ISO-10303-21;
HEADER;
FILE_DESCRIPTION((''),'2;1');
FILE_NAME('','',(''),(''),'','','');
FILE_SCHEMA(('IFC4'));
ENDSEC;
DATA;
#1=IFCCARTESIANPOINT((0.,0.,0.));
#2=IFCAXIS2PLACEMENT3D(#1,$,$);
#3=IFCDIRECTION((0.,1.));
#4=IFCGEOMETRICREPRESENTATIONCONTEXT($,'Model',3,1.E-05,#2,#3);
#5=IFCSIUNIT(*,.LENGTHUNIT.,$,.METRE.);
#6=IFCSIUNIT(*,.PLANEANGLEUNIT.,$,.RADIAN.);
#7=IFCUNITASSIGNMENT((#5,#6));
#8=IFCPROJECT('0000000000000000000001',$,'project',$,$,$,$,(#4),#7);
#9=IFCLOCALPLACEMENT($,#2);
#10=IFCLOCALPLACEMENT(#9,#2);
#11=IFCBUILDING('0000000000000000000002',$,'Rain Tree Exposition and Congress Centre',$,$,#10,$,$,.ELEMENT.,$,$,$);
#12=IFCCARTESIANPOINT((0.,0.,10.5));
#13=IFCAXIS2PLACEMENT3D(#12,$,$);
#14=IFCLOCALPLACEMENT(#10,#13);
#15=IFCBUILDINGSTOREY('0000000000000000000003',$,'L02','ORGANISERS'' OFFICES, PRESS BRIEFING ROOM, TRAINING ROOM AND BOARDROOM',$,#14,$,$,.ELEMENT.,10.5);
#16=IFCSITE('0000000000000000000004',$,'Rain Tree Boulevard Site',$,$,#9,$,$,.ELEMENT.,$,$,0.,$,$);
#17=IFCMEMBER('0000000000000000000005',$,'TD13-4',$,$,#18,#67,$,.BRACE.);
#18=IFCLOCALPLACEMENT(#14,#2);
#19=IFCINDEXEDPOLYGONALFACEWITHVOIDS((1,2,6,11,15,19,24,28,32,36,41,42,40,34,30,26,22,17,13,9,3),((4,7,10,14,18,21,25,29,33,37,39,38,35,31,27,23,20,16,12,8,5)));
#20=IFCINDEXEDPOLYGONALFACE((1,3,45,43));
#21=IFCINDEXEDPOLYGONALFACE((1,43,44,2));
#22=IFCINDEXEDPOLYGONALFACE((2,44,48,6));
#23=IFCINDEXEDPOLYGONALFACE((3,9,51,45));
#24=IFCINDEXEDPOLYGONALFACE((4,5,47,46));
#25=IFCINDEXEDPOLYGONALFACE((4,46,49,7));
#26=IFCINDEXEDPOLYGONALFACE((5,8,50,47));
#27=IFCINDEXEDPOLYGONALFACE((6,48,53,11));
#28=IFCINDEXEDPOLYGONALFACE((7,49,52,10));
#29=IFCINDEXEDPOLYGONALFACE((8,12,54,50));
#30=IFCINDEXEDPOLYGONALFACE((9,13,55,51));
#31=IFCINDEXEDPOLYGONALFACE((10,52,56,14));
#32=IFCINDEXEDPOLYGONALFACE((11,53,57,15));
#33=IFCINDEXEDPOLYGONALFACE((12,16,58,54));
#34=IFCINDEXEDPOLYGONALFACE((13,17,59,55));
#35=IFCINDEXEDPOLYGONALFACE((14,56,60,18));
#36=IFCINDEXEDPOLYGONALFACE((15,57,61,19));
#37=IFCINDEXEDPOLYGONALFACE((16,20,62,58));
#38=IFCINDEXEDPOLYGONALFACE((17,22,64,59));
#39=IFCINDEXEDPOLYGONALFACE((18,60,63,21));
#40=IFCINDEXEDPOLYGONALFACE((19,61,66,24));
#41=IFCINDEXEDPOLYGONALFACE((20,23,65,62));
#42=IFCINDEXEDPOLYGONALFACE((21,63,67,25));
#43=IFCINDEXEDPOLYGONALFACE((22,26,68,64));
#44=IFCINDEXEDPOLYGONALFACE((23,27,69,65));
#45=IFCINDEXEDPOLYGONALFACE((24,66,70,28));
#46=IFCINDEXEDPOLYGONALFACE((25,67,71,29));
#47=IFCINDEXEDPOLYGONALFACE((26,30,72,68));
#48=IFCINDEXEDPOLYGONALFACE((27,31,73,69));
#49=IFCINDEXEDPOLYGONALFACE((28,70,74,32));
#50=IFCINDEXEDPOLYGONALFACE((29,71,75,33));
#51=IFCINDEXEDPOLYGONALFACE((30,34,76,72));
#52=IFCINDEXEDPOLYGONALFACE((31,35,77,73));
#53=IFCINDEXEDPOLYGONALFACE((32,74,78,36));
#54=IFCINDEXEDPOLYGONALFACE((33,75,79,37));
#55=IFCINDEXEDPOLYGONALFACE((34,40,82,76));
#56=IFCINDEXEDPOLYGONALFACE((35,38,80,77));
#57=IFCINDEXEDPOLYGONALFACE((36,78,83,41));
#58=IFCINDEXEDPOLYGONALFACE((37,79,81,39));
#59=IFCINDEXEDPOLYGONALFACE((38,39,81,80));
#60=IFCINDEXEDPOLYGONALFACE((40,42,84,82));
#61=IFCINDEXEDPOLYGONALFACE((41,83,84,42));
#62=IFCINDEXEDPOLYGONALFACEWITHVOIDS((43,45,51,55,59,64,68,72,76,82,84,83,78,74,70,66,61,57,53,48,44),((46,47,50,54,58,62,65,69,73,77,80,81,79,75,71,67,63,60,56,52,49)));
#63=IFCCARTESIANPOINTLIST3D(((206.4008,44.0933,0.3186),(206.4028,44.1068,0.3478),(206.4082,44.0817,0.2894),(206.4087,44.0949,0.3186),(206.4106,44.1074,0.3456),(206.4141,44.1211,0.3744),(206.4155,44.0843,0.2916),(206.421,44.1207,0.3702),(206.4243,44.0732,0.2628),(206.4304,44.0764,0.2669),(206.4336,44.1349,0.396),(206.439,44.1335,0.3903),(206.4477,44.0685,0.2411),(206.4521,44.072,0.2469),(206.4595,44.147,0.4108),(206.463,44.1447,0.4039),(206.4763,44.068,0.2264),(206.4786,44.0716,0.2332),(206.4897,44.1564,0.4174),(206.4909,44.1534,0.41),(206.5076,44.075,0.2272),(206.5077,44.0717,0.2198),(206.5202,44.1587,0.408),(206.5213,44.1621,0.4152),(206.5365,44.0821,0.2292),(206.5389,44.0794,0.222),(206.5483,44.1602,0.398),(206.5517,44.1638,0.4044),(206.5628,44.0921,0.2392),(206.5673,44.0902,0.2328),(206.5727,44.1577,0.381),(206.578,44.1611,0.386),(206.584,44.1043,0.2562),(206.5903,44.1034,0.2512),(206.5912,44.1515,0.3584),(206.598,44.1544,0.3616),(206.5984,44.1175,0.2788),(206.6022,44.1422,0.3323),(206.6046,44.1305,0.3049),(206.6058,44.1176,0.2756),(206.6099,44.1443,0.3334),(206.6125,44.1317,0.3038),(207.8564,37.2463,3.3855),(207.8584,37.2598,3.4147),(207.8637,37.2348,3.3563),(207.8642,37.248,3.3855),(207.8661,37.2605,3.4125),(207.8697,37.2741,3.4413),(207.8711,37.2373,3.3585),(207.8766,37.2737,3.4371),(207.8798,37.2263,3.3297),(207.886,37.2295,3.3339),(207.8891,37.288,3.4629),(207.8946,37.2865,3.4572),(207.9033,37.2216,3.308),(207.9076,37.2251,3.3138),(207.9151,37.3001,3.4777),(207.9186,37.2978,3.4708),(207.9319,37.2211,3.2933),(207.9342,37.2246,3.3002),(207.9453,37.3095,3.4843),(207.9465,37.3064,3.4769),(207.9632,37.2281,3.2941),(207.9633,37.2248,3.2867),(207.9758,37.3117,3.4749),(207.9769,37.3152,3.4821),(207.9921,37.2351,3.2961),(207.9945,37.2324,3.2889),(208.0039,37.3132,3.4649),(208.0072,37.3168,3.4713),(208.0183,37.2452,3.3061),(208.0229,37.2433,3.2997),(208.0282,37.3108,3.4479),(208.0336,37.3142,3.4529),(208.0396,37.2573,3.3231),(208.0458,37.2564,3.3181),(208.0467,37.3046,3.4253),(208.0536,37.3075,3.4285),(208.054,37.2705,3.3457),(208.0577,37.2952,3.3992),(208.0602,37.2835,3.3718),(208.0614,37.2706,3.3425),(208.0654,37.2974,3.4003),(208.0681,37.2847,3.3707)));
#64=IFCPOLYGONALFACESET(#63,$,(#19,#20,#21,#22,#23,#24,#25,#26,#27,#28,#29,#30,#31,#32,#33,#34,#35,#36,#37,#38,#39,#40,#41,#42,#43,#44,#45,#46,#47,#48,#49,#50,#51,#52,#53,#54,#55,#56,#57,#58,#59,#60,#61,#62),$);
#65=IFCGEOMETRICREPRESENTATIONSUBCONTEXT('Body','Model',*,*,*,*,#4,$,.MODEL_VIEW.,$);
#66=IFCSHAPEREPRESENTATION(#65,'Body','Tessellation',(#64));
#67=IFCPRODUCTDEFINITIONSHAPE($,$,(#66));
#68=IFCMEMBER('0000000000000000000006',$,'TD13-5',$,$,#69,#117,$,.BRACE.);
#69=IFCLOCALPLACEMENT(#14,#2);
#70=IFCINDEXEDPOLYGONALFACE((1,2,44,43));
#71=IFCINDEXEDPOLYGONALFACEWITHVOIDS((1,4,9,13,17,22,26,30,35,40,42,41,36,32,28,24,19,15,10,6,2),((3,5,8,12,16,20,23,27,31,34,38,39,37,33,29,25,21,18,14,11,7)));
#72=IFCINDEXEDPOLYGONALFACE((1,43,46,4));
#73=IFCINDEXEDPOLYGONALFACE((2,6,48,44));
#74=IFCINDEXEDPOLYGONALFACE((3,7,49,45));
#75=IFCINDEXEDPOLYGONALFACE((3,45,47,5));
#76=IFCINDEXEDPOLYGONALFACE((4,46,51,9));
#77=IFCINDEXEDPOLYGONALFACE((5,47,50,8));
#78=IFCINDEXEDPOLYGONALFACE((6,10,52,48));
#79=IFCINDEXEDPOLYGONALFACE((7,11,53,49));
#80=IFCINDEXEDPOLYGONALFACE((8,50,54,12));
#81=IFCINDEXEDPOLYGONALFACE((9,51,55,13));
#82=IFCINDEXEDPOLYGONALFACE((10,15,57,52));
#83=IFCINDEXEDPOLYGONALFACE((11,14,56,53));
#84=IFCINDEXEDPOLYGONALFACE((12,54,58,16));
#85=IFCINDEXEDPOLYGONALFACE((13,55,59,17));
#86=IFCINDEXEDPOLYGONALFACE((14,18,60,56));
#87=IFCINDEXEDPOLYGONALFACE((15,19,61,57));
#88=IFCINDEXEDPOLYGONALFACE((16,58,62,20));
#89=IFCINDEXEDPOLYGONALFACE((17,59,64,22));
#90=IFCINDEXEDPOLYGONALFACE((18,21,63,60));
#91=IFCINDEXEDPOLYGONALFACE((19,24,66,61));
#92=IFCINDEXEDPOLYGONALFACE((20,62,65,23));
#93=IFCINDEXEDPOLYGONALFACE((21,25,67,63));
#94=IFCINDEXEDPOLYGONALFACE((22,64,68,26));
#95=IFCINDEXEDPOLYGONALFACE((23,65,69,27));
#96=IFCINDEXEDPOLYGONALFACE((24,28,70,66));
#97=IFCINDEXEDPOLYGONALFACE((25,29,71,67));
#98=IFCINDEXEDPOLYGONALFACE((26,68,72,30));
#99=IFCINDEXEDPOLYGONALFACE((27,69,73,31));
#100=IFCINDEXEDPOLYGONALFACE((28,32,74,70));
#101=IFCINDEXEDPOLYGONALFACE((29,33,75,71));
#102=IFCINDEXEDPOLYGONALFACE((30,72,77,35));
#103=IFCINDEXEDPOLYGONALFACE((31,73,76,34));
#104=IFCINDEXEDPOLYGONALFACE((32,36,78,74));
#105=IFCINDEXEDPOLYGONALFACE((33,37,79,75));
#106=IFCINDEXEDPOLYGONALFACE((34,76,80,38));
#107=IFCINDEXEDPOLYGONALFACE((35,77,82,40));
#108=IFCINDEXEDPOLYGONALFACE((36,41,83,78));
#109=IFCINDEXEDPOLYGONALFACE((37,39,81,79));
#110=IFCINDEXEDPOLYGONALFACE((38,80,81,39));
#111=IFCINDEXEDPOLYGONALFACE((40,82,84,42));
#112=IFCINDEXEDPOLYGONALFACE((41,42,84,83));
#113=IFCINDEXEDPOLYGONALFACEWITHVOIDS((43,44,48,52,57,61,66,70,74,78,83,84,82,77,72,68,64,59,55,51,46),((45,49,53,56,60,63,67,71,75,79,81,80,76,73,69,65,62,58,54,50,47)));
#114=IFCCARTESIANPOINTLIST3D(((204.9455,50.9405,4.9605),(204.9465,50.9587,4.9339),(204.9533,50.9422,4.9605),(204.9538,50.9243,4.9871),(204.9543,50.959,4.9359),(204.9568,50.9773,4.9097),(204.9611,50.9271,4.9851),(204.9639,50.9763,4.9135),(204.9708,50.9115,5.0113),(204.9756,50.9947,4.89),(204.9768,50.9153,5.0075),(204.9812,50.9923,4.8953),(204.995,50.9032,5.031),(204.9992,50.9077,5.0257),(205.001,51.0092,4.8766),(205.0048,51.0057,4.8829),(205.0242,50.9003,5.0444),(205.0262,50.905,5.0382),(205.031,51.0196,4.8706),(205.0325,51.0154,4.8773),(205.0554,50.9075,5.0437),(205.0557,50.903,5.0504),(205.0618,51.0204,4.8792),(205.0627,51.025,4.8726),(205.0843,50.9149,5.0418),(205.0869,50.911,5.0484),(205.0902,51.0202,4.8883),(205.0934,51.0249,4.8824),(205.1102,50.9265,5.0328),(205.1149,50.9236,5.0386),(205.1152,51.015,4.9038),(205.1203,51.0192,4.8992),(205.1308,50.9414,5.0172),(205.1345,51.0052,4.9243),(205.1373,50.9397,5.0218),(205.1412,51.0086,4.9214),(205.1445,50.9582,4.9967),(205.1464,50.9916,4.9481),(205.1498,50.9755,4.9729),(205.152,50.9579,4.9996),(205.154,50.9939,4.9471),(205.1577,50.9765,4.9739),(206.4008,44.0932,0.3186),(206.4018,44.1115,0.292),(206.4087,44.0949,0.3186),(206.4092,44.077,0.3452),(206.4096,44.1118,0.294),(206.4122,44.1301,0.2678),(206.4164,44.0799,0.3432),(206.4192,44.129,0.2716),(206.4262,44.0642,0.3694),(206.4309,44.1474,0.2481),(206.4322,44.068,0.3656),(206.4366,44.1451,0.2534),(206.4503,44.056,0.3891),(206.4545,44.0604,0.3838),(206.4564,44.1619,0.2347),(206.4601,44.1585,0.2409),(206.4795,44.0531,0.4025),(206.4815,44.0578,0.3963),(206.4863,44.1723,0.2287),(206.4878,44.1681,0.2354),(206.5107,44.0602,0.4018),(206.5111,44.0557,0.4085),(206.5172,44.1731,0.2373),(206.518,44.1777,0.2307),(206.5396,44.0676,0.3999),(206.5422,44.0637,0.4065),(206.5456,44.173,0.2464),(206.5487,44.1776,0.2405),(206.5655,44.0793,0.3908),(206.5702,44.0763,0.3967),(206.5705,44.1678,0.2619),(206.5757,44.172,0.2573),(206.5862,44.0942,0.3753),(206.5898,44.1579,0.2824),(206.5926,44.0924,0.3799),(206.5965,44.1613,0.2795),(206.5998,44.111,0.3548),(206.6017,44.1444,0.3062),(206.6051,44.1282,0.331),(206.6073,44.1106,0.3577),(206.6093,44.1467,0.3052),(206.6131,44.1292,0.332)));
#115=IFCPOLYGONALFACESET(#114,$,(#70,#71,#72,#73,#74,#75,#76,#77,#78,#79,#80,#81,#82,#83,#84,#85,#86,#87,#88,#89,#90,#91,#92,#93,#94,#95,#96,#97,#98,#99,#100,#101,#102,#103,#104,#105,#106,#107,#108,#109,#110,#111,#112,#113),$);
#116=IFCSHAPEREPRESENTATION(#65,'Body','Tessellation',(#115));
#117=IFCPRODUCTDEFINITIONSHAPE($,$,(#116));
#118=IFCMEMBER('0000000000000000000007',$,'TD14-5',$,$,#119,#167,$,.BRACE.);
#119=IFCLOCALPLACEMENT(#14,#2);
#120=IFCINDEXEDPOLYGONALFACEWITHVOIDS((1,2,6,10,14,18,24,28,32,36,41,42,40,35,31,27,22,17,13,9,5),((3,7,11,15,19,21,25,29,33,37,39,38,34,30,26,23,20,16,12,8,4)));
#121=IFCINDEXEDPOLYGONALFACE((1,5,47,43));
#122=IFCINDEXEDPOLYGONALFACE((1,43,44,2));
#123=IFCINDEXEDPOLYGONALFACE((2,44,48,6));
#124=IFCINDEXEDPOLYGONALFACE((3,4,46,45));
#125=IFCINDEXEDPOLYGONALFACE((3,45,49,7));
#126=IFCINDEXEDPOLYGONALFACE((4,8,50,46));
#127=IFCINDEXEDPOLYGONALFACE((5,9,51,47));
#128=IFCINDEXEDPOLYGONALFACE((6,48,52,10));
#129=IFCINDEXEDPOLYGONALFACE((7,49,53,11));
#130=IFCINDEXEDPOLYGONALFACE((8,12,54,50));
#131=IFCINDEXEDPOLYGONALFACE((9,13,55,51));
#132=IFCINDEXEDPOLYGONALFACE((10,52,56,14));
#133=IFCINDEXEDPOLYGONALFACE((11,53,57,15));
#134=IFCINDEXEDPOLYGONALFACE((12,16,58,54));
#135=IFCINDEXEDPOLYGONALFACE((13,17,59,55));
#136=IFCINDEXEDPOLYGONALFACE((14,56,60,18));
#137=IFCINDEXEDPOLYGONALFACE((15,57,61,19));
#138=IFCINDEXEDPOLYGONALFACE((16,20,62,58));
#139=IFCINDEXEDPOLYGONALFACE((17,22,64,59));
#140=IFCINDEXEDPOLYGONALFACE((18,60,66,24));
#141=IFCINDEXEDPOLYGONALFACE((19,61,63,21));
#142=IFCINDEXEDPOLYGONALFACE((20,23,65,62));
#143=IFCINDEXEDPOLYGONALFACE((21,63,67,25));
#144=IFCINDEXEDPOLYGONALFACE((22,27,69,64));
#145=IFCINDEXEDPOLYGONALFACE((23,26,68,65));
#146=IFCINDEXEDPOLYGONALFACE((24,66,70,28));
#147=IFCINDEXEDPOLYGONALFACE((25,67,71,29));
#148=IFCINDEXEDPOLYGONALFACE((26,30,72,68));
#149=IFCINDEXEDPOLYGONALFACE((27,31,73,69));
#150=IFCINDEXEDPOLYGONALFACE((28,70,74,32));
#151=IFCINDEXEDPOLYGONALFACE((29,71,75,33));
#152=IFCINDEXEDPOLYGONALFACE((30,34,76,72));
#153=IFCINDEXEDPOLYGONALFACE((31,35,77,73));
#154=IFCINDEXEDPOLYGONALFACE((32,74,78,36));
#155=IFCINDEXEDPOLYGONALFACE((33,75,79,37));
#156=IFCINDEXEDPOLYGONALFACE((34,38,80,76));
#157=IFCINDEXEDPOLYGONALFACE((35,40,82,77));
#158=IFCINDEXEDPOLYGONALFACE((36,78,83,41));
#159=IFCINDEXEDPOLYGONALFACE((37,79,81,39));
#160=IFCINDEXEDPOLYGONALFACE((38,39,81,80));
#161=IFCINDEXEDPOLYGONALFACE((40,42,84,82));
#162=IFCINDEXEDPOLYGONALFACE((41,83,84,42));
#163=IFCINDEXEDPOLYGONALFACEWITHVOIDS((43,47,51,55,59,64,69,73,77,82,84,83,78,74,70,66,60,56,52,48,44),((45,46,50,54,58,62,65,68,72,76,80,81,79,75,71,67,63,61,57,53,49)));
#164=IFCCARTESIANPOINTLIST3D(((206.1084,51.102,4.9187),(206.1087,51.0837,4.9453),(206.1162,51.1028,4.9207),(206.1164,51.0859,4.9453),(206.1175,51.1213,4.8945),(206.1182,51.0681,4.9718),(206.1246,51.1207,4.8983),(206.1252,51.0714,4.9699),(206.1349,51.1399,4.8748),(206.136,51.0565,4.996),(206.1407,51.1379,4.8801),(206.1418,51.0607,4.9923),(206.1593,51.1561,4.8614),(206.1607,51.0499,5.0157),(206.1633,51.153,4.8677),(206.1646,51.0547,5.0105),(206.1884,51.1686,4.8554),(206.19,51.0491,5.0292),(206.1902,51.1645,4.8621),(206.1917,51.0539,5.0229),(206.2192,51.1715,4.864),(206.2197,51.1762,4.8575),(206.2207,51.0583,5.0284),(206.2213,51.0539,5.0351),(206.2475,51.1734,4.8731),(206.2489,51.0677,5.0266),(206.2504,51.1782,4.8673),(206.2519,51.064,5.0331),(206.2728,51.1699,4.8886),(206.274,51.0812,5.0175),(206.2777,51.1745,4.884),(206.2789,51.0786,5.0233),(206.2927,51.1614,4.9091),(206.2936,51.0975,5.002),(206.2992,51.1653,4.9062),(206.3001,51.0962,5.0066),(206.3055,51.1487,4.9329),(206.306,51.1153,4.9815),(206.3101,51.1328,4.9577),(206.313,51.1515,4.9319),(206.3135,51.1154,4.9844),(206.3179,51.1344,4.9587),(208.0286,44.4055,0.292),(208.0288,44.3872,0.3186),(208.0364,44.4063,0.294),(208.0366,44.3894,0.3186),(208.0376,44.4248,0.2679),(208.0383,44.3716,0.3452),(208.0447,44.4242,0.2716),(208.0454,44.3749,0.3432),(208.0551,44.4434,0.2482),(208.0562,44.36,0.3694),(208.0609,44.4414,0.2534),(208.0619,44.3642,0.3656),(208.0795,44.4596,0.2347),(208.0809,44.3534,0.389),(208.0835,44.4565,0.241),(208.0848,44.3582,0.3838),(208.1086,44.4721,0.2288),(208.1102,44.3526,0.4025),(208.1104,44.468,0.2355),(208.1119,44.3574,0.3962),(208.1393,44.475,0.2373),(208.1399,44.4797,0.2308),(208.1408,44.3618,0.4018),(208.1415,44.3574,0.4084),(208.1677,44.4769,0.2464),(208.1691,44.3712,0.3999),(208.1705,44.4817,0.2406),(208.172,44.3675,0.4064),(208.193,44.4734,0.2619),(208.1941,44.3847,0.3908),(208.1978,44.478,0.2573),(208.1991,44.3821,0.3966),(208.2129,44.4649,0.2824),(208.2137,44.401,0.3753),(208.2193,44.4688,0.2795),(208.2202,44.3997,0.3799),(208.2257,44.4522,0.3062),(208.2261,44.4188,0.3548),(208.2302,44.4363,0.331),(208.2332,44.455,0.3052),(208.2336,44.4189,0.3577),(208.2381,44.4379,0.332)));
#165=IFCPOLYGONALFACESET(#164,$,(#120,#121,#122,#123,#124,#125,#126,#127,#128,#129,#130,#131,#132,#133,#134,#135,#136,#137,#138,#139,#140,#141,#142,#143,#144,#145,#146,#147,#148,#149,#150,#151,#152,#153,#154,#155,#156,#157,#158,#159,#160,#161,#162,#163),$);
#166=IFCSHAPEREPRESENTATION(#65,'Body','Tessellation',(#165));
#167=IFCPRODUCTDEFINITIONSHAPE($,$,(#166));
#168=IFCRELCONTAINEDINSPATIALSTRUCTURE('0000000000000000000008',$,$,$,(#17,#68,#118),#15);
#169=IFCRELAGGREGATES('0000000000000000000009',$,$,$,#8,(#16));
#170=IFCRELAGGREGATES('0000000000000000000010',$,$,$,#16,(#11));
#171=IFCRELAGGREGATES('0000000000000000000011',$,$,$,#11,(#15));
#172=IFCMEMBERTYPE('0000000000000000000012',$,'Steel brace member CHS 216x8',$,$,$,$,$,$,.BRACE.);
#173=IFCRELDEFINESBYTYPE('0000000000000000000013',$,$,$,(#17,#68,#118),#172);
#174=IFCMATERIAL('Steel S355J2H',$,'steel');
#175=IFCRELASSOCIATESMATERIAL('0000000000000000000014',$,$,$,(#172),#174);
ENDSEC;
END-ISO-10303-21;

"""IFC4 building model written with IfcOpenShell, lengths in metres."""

from ifc_helpers import new_model, si_unit, direction, frame, origin, origin_2d, place, context, subcontext, project, spatial, hollow_circle, extrude, material, material_profile, profile_set, type_object, element, save


model = new_model("IFC4")

# Units and contexts
model_context = context("Model", 3, precision=1e-05, world=origin(), true_north=direction((0.0, 1.0)))
body_context = subcontext(model_context, "Body", "Model", "MODEL_VIEW")
ifc_project = project(units=[si_unit("LENGTHUNIT", "METRE"), si_unit("PLANEANGLEUNIT", "RADIAN")], contexts=[model_context])

# Site, building, storey
site_placement = place(None, origin())
site = spatial("IfcSite", under=ifc_project, at=site_placement, Name="Rain Tree Boulevard Site", CompositionType="ELEMENT", RefElevation=0.0)
building_placement = place(site_placement, origin())
building = spatial("IfcBuilding", under=site, at=building_placement, Name="Rain Tree Exposition and Congress Centre", CompositionType="ELEMENT")
storey_placement = place(building_placement, frame((0.0, 0.0, 10.5)))
storey = spatial("IfcBuildingStorey", under=building, at=storey_placement, Name="L02", Description="ORGANISERS' OFFICES, PRESS BRIEFING ROOM, TRAINING ROOM AND BOARDROOM", CompositionType="ELEMENT", Elevation=10.5)

# Members
ifc_material_1 = material(Name="Steel S355J2H", Category="steel")
ifc_material_profile_1 = material_profile(ifc_material_1, hollow_circle(Radius=0.1082, WallThickness=0.0081, at=origin_2d()), Name="CHS 216x8")
ifc_profile_set_1 = profile_set([ifc_material_profile_1], Name="Steel S355J2H")
member_type_1 = type_object("IfcMemberType", Name="Steel brace member CHS 216x8", PredefinedType="BRACE", material=ifc_profile_set_1)
member_1_placement = place(storey_placement, frame((207.9622, 37.2688, 3.3855), z_axis=(-0.190462, 0.895923, -0.401305), x_axis=(-0.978142, -0.20794, 0.0)))
element("IfcMember", 1, at=member_1_placement, inside=storey, type_object=member_type_1, Name="TD13-4", PredefinedType="BRACE", context=body_context, shape_type="SweptSolid", body=[
    extrude(hollow_circle(Radius=0.1082, WallThickness=0.0081, at=origin_2d()), origin(), (0.0, 0.0, 1.0), 7.6423),
])
member_2_placement = place(storey_placement, frame((206.5066, 44.1157, 0.3186), z_axis=(-0.173267, 0.815206, 0.552646), x_axis=(-0.97815, -0.2079, 0.0)))
element("IfcMember", 2, at=member_2_placement, inside=storey, type_object=member_type_1, Name="TD13-5", PredefinedType="BRACE", context=body_context, shape_type="SweptSolid", body=[
    extrude(hollow_circle(Radius=0.1082, WallThickness=0.0081, at=origin_2d()), origin(), (0.0, 0.0, 1.0), 8.3994),
])
member_3_placement = place(storey_placement, frame((208.1328, 44.417, 0.3186), z_axis=(-0.229607, 0.800749, 0.553246), x_axis=(-0.961263, -0.275633, 0.0)))
element("IfcMember", 3, at=member_3_placement, inside=storey, type_object=member_type_1, Name="TD14-5", PredefinedType="BRACE", context=body_context, shape_type="SweptSolid", body=[
    extrude(hollow_circle(Radius=0.1082, WallThickness=0.0081, at=origin_2d()), origin(), (0.0, 0.0, 1.0), 8.3628),
])

save(model, "model.ifc")
